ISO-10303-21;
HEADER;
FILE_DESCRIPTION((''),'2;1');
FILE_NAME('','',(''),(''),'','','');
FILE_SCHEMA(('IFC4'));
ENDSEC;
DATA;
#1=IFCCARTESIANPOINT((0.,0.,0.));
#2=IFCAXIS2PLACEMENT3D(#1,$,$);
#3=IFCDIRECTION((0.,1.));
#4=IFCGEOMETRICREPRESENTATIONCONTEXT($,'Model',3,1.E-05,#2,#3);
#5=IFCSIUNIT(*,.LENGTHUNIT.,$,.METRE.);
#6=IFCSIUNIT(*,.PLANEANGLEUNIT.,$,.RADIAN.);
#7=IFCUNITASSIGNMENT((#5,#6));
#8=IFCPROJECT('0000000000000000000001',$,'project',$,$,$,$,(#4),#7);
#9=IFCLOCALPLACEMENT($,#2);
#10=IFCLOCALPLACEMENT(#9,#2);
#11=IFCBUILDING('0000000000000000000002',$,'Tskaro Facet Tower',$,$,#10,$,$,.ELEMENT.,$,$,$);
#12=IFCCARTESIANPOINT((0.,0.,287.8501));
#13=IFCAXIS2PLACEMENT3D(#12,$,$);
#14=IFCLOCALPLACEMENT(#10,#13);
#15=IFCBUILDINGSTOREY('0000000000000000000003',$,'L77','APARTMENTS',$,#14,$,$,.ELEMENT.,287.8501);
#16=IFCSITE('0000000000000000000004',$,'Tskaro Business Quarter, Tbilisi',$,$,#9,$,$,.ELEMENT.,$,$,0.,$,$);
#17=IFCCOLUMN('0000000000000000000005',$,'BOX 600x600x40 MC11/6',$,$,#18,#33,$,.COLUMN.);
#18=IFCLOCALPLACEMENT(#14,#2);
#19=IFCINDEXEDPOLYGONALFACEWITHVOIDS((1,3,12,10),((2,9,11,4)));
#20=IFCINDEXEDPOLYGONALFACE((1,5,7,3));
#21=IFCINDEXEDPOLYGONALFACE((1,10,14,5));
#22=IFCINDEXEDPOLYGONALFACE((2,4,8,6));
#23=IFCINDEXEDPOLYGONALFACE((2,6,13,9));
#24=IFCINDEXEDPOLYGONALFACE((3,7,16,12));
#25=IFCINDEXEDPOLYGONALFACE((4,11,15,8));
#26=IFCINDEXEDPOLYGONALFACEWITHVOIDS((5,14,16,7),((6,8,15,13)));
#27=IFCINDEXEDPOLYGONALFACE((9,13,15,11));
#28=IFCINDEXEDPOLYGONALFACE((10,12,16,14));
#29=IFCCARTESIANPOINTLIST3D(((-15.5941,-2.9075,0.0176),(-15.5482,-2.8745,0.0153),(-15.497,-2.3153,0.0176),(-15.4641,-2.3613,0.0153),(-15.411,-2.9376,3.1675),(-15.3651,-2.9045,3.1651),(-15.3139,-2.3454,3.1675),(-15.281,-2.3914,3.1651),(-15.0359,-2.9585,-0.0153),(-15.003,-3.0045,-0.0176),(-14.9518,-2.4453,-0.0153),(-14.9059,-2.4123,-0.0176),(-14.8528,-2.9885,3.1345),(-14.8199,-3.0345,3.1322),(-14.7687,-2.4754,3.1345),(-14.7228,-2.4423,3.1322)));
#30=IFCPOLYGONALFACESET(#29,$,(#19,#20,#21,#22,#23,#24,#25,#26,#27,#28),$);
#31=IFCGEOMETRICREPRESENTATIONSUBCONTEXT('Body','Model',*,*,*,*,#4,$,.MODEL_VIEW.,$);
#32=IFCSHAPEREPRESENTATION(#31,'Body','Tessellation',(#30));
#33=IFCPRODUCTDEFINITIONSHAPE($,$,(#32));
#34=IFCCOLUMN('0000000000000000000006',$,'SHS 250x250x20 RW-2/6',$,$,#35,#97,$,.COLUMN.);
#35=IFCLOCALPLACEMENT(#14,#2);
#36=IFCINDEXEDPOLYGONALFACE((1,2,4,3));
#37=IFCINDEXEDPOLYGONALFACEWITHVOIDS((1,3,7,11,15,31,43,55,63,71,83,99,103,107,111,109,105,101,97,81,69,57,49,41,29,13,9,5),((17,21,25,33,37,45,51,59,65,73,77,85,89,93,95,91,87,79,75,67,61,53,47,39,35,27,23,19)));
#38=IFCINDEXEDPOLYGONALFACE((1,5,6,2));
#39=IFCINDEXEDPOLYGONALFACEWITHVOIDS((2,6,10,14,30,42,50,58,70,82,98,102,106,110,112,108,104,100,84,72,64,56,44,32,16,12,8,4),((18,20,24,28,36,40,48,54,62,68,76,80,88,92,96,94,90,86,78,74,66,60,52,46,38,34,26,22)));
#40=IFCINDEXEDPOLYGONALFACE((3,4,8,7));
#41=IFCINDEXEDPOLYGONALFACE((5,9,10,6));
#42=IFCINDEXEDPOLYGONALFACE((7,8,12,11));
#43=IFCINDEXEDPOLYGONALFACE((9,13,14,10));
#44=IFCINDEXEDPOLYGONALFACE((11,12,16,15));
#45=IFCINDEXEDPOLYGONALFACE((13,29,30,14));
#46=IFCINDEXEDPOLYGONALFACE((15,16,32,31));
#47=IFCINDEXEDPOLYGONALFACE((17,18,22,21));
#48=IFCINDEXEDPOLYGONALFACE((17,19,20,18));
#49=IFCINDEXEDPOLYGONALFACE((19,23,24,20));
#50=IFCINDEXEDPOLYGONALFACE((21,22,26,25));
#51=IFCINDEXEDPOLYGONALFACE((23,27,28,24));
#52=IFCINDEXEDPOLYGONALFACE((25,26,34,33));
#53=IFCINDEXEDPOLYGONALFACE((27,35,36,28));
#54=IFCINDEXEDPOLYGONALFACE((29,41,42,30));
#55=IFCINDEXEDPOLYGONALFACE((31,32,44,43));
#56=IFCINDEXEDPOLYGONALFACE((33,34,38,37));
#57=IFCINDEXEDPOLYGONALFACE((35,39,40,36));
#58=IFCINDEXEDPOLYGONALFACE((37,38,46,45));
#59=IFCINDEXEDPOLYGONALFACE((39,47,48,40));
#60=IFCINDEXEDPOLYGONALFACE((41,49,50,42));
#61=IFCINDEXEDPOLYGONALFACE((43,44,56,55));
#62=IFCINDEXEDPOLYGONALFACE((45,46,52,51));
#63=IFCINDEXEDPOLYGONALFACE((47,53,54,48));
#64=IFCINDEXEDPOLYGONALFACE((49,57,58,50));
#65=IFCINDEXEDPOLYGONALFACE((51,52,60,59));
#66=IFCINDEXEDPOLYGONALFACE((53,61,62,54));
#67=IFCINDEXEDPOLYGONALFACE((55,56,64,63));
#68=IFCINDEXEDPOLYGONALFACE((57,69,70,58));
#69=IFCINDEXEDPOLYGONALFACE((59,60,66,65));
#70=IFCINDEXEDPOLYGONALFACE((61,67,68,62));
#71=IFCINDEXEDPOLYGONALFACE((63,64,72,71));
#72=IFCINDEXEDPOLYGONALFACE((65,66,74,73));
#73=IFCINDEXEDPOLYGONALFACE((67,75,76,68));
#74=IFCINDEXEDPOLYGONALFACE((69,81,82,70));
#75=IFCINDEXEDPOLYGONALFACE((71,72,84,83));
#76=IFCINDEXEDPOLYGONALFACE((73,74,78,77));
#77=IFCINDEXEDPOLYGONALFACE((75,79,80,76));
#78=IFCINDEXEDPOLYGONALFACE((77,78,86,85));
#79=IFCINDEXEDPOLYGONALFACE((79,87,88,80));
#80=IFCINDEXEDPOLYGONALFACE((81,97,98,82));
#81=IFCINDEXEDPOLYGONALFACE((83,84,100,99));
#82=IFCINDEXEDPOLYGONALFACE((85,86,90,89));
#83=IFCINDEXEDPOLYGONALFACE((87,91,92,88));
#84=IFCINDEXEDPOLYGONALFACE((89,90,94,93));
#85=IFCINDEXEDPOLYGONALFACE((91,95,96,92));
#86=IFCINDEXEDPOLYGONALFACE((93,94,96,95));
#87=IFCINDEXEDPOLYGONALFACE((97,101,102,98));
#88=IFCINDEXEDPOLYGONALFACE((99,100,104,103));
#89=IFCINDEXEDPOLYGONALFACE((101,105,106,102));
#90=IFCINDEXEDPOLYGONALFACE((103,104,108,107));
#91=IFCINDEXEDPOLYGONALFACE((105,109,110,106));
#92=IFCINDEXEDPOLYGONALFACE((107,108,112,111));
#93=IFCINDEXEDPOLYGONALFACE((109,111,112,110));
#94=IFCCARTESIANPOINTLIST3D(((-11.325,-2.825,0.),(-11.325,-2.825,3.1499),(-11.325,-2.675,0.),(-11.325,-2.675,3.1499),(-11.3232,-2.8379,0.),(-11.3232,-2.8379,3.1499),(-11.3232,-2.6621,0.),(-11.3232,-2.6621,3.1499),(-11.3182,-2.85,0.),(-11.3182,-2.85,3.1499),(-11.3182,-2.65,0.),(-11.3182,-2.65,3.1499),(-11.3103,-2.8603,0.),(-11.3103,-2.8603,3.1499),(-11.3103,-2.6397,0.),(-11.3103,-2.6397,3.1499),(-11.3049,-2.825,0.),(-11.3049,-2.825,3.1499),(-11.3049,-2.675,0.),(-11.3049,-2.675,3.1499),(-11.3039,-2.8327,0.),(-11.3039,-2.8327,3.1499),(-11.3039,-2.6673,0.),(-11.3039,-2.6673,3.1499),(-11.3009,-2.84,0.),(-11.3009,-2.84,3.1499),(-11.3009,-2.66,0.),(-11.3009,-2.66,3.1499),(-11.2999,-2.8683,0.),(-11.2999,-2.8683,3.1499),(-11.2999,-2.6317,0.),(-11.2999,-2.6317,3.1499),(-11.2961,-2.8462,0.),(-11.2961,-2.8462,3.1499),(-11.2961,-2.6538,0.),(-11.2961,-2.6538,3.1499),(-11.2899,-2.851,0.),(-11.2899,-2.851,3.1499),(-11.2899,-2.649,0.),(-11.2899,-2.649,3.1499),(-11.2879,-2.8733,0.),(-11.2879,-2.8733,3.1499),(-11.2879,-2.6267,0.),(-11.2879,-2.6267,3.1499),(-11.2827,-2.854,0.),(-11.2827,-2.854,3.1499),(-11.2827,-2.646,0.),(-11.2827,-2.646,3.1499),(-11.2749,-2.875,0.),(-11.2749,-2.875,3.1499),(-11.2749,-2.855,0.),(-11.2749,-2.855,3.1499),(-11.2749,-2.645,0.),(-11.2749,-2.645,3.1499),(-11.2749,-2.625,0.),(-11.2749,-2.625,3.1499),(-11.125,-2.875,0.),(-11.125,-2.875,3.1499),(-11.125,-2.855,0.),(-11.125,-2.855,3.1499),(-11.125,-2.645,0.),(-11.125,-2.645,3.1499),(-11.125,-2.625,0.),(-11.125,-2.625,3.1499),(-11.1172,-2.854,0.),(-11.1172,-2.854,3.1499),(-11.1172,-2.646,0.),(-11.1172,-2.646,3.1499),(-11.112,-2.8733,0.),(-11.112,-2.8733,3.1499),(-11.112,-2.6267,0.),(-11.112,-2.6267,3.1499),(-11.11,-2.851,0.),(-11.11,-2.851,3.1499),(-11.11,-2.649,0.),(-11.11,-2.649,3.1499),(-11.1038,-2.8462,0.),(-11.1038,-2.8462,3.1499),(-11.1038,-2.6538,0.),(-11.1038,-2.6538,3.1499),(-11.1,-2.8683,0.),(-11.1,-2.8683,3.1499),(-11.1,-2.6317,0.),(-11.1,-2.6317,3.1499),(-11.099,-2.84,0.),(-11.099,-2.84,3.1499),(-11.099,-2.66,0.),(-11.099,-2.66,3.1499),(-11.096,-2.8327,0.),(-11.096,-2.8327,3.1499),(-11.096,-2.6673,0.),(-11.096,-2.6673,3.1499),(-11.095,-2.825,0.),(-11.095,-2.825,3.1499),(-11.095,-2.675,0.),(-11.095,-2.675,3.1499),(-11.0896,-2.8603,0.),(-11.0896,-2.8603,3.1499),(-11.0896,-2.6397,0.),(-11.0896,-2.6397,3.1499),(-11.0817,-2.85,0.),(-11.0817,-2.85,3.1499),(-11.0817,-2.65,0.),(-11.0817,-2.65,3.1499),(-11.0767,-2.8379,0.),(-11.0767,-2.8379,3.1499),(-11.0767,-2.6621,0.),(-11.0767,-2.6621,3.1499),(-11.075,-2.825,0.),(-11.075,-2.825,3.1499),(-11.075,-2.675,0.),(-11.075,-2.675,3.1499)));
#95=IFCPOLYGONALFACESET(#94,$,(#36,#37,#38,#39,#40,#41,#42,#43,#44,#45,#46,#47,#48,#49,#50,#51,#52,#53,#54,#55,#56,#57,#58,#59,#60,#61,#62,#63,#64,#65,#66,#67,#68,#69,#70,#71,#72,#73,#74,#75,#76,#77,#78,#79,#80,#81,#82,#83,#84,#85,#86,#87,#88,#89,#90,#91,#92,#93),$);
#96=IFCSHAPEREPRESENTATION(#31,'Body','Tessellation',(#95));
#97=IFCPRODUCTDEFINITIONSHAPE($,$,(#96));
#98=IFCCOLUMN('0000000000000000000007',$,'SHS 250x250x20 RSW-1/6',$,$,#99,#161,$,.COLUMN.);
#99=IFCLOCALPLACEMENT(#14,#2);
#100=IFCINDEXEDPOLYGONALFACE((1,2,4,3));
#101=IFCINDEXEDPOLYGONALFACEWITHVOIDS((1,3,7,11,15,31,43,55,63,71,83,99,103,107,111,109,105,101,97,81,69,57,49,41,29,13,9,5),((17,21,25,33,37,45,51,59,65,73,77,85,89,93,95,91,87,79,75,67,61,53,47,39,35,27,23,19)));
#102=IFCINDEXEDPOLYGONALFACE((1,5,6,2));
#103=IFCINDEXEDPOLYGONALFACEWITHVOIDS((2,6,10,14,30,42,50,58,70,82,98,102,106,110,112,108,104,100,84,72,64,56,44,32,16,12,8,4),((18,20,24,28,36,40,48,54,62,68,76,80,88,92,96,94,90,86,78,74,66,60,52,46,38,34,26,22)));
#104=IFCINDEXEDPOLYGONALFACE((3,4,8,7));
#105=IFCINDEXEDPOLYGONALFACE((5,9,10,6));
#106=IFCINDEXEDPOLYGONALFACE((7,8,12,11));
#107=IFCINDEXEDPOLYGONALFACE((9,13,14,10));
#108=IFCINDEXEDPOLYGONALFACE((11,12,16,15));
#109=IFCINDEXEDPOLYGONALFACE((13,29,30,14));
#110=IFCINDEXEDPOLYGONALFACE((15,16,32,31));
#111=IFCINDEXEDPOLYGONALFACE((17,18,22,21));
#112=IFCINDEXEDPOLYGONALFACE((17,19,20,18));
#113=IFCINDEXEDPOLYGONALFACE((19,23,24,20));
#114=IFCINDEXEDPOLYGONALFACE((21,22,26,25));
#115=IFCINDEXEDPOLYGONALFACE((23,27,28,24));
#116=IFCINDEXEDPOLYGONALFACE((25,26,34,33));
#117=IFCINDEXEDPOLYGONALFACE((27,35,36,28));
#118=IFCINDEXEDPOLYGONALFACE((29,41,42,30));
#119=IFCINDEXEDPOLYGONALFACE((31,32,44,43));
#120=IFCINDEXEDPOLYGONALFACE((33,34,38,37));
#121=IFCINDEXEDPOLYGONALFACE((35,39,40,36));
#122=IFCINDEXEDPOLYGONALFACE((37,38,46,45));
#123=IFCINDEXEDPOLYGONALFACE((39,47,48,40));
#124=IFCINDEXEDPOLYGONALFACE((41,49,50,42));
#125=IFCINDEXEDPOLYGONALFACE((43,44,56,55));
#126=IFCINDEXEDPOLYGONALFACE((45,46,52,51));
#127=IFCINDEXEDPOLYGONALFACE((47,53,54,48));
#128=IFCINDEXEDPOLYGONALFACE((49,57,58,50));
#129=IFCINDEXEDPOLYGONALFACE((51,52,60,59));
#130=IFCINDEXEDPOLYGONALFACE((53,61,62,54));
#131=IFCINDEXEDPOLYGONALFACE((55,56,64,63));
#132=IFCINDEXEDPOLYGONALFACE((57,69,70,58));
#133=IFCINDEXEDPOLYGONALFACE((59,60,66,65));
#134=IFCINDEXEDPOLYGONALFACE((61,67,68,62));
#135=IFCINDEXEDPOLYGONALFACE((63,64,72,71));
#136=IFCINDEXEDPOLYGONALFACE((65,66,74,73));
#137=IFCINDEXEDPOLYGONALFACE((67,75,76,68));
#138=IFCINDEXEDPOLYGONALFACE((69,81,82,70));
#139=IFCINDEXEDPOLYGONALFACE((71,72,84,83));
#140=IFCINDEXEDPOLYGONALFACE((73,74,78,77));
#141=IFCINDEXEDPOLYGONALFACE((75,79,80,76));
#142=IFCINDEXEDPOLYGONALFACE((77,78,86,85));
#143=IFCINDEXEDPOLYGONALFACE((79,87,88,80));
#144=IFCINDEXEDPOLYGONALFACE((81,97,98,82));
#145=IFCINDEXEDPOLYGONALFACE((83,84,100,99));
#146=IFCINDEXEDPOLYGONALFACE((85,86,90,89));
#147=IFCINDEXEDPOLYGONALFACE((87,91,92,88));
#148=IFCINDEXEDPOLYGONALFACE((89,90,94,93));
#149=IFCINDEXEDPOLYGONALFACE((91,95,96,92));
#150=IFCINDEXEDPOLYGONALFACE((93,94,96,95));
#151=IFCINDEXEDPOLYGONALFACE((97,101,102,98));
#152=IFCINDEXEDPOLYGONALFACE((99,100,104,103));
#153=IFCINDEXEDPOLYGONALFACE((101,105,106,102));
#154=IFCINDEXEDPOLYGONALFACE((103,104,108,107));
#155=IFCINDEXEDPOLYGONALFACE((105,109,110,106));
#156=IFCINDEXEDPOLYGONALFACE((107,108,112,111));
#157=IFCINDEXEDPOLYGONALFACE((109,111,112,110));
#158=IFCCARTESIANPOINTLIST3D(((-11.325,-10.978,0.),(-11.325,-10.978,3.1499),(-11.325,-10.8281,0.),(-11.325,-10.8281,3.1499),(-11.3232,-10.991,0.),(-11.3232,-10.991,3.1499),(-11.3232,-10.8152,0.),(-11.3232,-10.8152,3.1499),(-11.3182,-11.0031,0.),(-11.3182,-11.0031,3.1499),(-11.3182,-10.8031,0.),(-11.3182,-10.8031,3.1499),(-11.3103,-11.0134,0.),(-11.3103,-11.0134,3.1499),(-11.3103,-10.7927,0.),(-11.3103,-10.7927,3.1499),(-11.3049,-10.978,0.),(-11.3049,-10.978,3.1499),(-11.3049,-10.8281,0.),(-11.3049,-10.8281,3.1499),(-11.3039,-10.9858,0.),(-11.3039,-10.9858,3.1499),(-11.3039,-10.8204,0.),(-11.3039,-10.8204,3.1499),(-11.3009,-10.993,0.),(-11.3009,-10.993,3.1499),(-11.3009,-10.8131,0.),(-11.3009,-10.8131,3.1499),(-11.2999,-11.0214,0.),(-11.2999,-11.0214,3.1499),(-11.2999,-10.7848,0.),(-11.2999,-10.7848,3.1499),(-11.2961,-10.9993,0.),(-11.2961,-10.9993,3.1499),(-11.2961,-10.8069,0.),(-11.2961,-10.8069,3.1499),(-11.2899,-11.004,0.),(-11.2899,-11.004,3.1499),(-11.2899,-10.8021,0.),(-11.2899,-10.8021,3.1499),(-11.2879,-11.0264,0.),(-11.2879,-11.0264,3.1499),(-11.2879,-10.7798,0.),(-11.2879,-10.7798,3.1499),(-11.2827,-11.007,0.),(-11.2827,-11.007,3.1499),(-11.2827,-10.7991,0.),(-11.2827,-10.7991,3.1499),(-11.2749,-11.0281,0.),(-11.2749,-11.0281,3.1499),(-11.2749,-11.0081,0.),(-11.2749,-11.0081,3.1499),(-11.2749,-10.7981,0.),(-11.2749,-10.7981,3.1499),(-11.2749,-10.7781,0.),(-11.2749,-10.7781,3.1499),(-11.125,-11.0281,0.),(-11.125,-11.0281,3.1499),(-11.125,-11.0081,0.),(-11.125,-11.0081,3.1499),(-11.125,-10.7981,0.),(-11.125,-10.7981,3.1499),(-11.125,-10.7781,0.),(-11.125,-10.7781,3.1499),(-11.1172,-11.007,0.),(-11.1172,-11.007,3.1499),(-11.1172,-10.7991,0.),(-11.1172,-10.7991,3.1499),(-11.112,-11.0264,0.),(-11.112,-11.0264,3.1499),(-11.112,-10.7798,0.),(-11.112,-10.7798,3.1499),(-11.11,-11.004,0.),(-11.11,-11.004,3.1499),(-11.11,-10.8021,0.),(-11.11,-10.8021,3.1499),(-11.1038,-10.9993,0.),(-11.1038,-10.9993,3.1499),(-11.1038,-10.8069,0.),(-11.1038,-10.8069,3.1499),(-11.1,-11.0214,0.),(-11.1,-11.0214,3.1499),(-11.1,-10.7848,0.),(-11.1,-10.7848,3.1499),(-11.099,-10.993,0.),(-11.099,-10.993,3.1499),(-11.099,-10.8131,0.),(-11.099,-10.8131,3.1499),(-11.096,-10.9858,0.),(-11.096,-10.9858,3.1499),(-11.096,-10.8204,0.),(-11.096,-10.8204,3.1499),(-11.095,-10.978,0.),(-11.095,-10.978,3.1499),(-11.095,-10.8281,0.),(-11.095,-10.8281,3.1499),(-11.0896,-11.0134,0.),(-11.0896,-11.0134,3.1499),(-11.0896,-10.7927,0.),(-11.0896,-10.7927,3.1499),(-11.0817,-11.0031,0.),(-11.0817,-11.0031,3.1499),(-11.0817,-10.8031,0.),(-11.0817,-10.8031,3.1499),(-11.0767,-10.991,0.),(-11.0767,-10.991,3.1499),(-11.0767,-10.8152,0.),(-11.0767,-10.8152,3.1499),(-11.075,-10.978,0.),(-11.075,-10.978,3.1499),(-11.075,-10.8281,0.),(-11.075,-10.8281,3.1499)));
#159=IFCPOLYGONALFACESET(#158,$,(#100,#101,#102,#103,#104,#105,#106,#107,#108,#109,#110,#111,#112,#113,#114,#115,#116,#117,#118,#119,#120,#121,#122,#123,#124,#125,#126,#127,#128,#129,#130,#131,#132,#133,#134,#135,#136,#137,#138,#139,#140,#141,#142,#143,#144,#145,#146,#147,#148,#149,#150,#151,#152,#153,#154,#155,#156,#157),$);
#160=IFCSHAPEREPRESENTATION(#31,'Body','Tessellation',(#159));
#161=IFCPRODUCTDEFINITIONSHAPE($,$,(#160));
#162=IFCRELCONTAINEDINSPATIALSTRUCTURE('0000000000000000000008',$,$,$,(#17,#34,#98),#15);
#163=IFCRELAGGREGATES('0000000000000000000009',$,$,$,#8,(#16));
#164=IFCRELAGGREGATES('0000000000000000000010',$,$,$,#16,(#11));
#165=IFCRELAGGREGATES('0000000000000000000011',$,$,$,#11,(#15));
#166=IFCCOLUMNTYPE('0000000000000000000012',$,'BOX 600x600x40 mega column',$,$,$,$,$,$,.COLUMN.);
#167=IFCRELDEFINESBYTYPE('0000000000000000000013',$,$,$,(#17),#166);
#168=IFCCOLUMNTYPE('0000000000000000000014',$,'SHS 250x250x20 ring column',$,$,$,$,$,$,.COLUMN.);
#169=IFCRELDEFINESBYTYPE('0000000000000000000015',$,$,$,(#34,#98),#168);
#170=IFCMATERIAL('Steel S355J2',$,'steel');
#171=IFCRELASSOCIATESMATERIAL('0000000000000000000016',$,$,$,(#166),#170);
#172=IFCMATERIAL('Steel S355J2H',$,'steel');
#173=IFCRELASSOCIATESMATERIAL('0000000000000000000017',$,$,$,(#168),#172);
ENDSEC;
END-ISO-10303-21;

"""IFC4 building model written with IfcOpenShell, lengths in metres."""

from ifc_helpers import new_model, si_unit, direction, frame, origin, origin_2d, place, context, subcontext, project, spatial, hollow_rectangle, extrude, material, material_profile, profile_set, type_object, element, save


model = new_model("IFC4")

# Units and contexts
model_context = context("Model", 3, precision=1e-05, world=origin(), true_north=direction((0.0, 1.0)))
body_context = subcontext(model_context, "Body", "Model", "MODEL_VIEW")
ifc_project = project(units=[si_unit("LENGTHUNIT", "METRE"), si_unit("PLANEANGLEUNIT", "RADIAN")], contexts=[model_context])

# Site, building, storey
site_placement = place(None, origin())
site = spatial("IfcSite", under=ifc_project, at=site_placement, Name="Tskaro Business Quarter, Tbilisi", CompositionType="ELEMENT", RefElevation=0.0)
building_placement = place(site_placement, origin())
building = spatial("IfcBuilding", under=site, at=building_placement, Name="Tskaro Facet Tower", CompositionType="ELEMENT")
storey_placement = place(building_placement, frame((0.0, 0.0, 287.8501)))
storey = spatial("IfcBuildingStorey", under=building, at=storey_placement, Name="L77", Description="APARTMENTS", CompositionType="ELEMENT", Elevation=287.8501)

# Columns
ifc_material_1 = material(Name="Steel S355J2", Category="steel")
ifc_material_profile_1 = material_profile(ifc_material_1, hollow_rectangle(XDim=0.6001, YDim=0.6001, WallThickness=0.04, at=origin_2d()), Name="BOX 600x600x40")
ifc_profile_set_1 = profile_set([ifc_material_profile_1], Name="Steel S355J2")
column_type_1 = type_object("IfcColumnType", Name="BOX 600x600x40 mega column", PredefinedType="COLUMN", material=ifc_profile_set_1)
column_placement = place(storey_placement, frame((-15.25, -2.6599, 0.0), z_axis=(0.05803, -0.009517, 0.998269), x_axis=(0.161838, 0.986817, 0.0)))
element("IfcColumn", 1, at=column_placement, inside=storey, type_object=column_type_1, Name="BOX 600x600x40 MC11/6", PredefinedType="COLUMN", context=body_context, shape_type="SweptSolid", body=[
    extrude(hollow_rectangle(XDim=0.6001, YDim=0.6001, WallThickness=0.04, at=origin_2d()), origin(), (0.0, 0.0, 1.0), 3.1553),
])
ifc_material_2 = material(Name="Steel S355J2H", Category="steel")
ifc_material_profile_2 = material_profile(ifc_material_2, hollow_rectangle(XDim=0.25, YDim=0.25, WallThickness=0.02, InnerFilletRadius=0.03, OuterFilletRadius=0.05, at=origin_2d()), Name="SHS 250x250x20")
ifc_profile_set_2 = profile_set([ifc_material_profile_2], Name="Steel S355J2H")
column_type_2 = type_object("IfcColumnType", Name="SHS 250x250x20 ring column", PredefinedType="COLUMN", material=ifc_profile_set_2)
for number, where, z_axis, x_axis, name in (
    (2, (-11.2, -2.75, 0.0), (0.0, 0.0, 1.0), (1.0, 0.0, 0.0), "SHS 250x250x20 RW-2/6"),
    (3, (-11.2, -10.9031, 0.0), (0.0, 0.0, 1.0), (1.0, 0.0, 0.0), "SHS 250x250x20 RSW-1/6"),
):
    element("IfcColumn", number, at=place(storey_placement, frame(where, z_axis=z_axis, x_axis=x_axis)), inside=storey, type_object=column_type_2, Name=name, PredefinedType="COLUMN", context=body_context, shape_type="SweptSolid", body=[
        extrude(hollow_rectangle(XDim=0.25, YDim=0.25, WallThickness=0.02, InnerFilletRadius=0.03, OuterFilletRadius=0.05, at=origin_2d()), origin(), (0.0, 0.0, 1.0), 3.1499),
    ])

save(model, "model.ifc")
